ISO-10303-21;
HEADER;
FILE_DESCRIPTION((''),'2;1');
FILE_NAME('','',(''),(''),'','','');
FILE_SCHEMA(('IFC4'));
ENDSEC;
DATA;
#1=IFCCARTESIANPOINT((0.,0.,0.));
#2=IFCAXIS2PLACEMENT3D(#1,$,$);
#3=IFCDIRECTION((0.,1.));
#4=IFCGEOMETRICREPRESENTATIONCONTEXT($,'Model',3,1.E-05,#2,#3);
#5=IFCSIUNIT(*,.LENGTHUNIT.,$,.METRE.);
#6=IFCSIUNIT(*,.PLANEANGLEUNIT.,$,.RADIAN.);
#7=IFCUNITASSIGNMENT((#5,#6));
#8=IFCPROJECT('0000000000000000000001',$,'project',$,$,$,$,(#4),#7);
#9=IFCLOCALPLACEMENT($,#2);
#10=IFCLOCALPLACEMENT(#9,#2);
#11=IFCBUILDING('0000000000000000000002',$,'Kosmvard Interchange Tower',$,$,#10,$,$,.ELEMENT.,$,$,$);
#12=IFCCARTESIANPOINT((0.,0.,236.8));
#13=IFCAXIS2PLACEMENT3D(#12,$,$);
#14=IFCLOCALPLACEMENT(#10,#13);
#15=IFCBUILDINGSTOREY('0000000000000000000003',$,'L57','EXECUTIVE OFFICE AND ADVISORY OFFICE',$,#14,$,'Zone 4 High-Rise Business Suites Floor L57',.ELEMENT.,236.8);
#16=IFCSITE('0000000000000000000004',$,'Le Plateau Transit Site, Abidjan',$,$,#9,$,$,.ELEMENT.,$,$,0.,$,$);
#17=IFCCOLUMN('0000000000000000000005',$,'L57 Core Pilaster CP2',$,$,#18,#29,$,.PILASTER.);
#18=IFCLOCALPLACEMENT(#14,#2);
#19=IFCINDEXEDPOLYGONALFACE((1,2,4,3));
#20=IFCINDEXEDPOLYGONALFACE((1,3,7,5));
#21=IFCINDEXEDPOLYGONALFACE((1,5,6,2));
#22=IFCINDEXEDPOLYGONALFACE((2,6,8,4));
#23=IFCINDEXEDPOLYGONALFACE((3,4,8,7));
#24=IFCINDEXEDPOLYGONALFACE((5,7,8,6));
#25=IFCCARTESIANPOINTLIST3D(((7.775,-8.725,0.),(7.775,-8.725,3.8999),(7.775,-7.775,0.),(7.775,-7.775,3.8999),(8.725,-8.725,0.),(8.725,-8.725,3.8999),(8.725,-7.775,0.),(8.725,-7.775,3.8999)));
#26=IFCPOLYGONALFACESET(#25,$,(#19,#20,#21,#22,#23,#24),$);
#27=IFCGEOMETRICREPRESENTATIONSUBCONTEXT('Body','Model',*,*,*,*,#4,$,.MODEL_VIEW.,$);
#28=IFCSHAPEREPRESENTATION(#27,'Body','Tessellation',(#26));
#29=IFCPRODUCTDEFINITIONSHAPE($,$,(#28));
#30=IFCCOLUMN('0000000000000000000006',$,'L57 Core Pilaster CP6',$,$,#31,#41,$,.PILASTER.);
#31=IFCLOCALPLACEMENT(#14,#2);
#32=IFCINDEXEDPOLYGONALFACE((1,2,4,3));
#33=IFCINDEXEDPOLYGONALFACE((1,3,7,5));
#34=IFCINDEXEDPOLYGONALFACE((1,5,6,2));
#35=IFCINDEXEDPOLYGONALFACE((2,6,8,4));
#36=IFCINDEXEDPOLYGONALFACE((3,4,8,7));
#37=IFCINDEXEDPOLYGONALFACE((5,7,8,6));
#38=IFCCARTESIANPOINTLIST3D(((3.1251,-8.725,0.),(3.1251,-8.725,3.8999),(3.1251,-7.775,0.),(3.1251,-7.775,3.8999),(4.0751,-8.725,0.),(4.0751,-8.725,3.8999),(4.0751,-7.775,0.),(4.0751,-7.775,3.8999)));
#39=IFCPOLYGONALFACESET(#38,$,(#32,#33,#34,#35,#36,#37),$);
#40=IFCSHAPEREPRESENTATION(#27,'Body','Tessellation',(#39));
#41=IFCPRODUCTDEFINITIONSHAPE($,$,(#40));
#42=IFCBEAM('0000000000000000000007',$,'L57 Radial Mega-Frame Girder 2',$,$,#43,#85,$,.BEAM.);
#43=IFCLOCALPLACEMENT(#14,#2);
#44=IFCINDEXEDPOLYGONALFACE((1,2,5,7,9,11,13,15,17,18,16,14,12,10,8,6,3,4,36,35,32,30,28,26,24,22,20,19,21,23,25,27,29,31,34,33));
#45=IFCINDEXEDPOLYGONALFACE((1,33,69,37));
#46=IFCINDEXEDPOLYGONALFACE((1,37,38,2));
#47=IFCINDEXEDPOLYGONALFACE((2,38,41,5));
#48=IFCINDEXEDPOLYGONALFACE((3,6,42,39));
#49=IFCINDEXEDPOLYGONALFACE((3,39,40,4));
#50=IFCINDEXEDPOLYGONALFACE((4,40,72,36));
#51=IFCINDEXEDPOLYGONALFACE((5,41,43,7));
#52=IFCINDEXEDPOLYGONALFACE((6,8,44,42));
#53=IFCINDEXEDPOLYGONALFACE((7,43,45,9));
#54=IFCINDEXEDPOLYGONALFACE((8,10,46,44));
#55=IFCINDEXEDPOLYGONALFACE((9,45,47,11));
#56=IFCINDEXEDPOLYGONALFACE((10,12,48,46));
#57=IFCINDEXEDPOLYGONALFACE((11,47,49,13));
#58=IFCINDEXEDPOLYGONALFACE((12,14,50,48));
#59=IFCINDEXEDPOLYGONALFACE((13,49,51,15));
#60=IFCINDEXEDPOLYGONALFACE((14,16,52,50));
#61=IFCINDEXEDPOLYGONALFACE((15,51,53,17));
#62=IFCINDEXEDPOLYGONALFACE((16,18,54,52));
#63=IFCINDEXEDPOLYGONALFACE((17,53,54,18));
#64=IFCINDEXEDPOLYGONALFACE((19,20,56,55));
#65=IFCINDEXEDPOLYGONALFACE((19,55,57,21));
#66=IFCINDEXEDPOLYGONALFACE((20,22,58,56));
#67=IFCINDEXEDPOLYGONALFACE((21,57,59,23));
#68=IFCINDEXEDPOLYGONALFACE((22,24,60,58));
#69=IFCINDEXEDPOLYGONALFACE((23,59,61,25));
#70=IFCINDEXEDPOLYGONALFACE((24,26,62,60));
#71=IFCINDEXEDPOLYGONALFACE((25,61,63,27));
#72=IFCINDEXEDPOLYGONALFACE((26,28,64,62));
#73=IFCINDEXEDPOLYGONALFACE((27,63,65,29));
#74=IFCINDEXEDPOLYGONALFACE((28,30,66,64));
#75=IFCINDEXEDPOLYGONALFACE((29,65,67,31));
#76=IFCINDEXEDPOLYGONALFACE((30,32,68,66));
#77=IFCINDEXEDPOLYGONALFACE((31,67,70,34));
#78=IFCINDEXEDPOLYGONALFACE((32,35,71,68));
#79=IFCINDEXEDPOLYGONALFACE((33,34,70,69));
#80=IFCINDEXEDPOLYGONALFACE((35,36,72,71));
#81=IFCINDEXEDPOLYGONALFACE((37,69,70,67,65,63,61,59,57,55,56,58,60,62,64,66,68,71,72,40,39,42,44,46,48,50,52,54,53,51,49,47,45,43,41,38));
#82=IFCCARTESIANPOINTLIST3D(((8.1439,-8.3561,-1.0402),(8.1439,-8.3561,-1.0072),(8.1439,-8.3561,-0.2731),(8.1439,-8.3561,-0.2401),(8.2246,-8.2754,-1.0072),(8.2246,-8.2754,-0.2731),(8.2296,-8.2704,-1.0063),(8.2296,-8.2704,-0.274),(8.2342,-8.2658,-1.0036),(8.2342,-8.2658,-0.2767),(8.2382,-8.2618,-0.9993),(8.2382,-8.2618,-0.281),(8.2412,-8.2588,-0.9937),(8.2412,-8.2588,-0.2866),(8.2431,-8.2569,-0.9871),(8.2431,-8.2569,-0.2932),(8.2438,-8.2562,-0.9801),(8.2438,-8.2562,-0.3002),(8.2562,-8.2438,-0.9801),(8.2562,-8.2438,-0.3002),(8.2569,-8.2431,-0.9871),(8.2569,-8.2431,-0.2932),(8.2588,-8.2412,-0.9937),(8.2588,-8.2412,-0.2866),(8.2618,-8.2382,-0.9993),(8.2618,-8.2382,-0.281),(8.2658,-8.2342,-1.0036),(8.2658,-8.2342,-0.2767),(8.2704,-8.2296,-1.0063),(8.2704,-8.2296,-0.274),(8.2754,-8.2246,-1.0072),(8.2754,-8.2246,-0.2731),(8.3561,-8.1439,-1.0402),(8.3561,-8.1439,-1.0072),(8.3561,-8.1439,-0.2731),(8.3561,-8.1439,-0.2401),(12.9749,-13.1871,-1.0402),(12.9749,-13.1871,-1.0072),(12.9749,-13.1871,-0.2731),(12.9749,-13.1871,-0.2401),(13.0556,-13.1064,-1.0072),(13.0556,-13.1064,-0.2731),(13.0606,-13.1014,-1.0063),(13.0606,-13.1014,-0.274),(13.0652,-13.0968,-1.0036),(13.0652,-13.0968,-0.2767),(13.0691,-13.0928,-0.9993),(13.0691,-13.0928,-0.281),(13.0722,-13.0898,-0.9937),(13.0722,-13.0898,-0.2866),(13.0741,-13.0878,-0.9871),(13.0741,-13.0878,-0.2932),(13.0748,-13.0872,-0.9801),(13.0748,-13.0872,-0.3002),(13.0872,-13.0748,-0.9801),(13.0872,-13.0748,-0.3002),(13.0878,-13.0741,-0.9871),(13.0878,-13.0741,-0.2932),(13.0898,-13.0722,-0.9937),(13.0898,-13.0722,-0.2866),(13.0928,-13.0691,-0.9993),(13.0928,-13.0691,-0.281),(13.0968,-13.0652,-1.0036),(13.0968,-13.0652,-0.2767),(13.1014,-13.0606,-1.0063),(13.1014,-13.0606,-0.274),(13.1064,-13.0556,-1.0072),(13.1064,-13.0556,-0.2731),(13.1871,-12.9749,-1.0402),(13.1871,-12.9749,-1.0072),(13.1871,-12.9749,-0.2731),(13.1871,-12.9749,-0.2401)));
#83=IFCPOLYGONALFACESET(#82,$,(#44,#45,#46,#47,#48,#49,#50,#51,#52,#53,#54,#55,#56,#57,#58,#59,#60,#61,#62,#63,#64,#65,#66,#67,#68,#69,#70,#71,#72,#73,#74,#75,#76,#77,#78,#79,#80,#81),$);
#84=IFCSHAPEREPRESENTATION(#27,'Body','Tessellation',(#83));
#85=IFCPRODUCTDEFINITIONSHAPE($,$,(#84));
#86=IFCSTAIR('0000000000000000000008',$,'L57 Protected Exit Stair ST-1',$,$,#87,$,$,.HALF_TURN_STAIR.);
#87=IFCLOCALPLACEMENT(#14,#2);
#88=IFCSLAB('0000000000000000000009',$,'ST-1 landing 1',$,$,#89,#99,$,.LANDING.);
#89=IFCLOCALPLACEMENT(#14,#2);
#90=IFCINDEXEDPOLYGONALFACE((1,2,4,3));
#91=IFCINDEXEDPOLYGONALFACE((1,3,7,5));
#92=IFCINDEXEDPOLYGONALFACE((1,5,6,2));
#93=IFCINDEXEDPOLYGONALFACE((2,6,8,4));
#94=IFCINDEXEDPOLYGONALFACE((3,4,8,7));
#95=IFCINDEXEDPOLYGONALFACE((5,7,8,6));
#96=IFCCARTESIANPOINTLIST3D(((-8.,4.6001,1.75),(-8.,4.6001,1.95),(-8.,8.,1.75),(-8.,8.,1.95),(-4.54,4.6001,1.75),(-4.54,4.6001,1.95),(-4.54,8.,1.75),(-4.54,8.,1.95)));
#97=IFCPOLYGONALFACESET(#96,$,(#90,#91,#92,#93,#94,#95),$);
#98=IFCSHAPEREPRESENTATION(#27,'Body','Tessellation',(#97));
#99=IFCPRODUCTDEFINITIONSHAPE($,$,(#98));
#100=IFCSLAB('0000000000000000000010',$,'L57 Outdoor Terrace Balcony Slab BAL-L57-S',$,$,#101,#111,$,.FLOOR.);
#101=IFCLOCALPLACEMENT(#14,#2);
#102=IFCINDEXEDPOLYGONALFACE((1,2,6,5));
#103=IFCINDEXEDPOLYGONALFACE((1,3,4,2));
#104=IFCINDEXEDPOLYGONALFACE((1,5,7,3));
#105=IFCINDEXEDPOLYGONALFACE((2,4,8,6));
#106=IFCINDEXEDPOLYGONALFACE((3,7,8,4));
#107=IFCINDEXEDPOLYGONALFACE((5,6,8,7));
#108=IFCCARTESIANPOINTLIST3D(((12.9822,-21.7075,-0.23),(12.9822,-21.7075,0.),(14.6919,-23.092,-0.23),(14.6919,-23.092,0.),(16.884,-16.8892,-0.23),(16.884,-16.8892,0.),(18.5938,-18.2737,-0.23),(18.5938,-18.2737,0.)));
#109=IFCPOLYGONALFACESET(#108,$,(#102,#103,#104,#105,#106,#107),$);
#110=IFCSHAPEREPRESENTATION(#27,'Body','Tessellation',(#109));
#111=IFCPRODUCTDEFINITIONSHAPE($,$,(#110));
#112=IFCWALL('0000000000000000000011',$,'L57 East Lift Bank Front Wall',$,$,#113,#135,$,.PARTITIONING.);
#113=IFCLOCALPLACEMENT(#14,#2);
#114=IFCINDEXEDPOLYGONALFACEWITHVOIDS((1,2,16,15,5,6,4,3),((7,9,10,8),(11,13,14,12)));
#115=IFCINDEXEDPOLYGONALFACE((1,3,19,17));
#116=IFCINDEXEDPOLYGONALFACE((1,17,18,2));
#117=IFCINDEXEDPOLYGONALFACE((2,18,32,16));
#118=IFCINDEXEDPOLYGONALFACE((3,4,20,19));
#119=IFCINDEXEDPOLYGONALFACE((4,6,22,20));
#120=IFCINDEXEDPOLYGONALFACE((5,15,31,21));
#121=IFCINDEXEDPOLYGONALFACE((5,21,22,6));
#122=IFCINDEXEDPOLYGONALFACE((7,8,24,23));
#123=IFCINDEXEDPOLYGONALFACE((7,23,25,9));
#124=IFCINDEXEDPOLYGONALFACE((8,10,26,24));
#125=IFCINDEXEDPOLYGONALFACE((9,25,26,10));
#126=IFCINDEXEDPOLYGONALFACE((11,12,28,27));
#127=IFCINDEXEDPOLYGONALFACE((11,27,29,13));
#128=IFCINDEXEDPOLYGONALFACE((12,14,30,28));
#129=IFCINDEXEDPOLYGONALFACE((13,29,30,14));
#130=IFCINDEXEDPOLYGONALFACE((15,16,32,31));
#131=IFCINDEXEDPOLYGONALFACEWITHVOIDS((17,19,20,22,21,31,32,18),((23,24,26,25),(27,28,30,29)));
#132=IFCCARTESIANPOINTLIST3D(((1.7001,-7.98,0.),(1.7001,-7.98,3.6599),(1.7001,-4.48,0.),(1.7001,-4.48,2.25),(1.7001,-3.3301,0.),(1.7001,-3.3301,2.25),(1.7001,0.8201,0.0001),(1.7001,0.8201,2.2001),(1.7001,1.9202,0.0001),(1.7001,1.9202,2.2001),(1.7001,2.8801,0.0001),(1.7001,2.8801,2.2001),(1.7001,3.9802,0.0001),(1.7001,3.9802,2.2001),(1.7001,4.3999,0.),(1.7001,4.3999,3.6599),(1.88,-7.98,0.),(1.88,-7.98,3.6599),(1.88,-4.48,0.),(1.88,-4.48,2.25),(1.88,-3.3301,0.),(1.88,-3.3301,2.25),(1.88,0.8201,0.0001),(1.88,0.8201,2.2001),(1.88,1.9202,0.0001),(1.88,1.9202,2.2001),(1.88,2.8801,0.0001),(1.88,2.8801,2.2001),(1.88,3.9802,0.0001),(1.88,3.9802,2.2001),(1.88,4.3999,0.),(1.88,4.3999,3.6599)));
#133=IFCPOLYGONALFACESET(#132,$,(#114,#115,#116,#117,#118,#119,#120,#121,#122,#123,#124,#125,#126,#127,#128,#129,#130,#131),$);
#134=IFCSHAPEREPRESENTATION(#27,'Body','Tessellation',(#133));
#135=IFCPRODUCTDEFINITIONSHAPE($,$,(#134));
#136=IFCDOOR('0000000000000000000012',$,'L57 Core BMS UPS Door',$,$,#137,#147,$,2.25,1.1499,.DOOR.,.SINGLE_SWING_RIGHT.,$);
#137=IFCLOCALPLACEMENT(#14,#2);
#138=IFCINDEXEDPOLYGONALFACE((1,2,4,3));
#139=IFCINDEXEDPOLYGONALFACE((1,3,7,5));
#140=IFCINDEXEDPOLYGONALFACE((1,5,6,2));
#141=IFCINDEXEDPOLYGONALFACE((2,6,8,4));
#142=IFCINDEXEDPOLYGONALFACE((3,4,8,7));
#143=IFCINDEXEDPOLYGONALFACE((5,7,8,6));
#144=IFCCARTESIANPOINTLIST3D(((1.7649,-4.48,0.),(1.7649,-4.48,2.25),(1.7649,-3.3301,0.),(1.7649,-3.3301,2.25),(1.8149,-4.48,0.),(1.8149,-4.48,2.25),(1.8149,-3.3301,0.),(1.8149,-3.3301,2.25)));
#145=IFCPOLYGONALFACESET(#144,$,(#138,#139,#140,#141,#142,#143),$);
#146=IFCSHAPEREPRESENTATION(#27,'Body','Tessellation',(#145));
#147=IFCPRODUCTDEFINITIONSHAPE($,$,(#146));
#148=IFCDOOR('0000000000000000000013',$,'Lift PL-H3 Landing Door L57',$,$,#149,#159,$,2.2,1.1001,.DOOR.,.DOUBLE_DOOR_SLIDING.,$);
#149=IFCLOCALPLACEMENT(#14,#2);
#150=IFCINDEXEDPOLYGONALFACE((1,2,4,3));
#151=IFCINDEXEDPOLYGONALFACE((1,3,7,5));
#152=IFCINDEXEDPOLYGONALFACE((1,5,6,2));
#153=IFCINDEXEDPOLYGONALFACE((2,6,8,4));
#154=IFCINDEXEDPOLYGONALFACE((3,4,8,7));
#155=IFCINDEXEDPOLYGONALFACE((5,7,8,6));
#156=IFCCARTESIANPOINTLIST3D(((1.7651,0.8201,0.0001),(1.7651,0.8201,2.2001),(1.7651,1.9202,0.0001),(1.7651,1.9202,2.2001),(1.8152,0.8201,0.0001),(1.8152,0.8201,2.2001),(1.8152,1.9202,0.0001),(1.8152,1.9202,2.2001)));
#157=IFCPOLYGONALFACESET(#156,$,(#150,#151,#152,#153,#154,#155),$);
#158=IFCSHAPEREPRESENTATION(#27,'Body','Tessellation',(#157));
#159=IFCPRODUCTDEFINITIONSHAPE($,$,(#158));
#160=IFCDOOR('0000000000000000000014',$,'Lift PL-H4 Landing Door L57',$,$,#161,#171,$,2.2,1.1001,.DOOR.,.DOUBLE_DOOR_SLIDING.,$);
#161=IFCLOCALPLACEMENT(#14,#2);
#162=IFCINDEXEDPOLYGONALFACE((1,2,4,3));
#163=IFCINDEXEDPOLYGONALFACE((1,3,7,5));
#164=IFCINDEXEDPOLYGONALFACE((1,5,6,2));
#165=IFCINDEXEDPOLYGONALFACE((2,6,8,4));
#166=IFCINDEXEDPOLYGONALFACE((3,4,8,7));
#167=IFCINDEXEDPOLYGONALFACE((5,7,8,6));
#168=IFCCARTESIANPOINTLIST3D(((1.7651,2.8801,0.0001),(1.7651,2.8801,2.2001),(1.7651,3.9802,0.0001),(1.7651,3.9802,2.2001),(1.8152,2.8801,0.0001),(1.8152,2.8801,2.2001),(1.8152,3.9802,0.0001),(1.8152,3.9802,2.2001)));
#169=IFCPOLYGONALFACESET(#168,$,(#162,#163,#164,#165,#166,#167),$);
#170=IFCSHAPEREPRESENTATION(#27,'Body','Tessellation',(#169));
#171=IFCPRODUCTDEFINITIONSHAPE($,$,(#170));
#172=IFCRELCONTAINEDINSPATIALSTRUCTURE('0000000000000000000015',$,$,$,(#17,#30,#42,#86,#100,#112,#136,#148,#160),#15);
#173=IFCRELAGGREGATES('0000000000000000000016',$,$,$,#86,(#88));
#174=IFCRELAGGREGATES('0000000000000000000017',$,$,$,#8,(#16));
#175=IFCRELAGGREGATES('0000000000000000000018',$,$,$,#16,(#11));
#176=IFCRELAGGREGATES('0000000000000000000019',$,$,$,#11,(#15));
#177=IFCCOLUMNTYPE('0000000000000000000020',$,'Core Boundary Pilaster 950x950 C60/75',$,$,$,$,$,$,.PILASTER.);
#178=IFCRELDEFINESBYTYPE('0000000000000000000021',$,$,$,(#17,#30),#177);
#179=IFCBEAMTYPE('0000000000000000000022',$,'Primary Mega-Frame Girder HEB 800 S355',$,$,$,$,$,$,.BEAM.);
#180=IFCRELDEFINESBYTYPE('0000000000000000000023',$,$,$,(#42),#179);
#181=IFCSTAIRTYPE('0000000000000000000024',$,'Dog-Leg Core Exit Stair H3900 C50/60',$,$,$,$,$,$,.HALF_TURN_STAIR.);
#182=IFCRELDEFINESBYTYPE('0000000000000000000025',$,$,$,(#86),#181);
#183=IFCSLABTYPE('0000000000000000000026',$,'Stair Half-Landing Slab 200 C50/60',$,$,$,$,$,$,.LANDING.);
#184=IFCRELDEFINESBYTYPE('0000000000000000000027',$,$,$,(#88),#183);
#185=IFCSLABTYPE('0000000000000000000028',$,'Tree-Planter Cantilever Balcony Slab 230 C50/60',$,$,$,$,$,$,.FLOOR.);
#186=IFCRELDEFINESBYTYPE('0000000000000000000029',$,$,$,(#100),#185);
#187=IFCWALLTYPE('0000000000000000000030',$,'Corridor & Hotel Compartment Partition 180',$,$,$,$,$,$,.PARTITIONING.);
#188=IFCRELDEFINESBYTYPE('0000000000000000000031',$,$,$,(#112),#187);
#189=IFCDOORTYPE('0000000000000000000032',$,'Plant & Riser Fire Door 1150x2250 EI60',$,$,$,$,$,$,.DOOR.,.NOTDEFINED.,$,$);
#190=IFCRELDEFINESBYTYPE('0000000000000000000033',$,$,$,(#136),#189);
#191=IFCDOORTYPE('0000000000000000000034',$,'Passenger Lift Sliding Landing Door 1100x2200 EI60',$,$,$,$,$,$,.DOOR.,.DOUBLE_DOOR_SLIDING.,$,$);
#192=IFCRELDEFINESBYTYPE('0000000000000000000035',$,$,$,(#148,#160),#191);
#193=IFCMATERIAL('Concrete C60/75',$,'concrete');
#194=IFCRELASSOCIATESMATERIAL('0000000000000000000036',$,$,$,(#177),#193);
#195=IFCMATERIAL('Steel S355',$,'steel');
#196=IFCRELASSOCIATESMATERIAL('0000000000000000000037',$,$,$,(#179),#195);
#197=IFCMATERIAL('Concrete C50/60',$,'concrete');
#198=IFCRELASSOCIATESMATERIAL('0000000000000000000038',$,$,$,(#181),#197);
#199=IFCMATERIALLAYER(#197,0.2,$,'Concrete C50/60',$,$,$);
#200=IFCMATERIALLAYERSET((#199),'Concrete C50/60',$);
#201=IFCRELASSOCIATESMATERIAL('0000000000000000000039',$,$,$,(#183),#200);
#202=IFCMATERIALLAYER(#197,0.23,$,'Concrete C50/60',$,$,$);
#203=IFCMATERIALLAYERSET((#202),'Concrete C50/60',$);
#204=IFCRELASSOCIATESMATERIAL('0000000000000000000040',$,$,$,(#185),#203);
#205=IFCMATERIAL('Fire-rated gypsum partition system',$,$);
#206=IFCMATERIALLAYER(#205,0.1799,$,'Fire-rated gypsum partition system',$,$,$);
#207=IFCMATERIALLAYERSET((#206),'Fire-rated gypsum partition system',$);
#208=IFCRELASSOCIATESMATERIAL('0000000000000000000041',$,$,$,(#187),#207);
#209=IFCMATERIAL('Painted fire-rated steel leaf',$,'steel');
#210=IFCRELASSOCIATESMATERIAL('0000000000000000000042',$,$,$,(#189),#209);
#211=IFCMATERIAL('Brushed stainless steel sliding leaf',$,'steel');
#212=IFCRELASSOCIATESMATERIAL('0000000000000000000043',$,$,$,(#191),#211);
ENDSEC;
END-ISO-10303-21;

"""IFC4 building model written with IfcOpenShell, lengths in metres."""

from ifc_helpers import new_model, si_unit, direction, frame, frame_2d, origin, origin_2d, place, context, subcontext, project, spatial, polyline, rectangle, i_section, outline, extrude, source, transform, mapped, material, layer, layer_set, material_profile, profile_set, type_object, element, fill, aggregate, save


model = new_model("IFC4")

# Units and contexts
model_context = context("Model", 3, precision=1e-05, world=origin(), true_north=direction((0.0, 1.0)))
body_context = subcontext(model_context, "Body", "Model", "MODEL_VIEW")
ifc_project = project(units=[si_unit("LENGTHUNIT", "METRE"), si_unit("PLANEANGLEUNIT", "RADIAN")], contexts=[model_context])

# Site, building, storey
site_placement = place(None, origin())
site = spatial("IfcSite", under=ifc_project, at=site_placement, Name="Le Plateau Transit Site, Abidjan", CompositionType="ELEMENT", RefElevation=0.0)
building_placement = place(site_placement, origin())
building = spatial("IfcBuilding", under=site, at=building_placement, Name="Kosmvard Interchange Tower", CompositionType="ELEMENT")
storey_placement = place(building_placement, frame((0.0, 0.0, 236.8)))
storey = spatial("IfcBuildingStorey", under=building, at=storey_placement, Name="L57", Description="EXECUTIVE OFFICE AND ADVISORY OFFICE", LongName="Zone 4 High-Rise Business Suites Floor L57", CompositionType="ELEMENT", Elevation=236.8)

# Columns
ifc_material_1 = material(Name="Concrete C60/75", Category="concrete")
ifc_material_profile_1 = material_profile(ifc_material_1, rectangle(XDim=0.95, YDim=0.95, at=origin_2d()), Name="CP 950x950")
ifc_profile_set_1 = profile_set([ifc_material_profile_1], Name="Concrete C60/75")
column_type = type_object("IfcColumnType", Name="Core Boundary Pilaster 950x950 C60/75", PredefinedType="PILASTER", material=ifc_profile_set_1)
shared_shape_1 = source(origin(), body_context, "Body", "SweptSolid", [
    extrude(rectangle(XDim=0.95, YDim=0.95, at=origin_2d()), origin(), (0.0, 0.0, 1.0), 3.8999),
])
for number, where, z_axis, x_axis, name in (
    (1, (8.25, -8.25, 0.0), (0.0, 0.0, 1.0), (1.0, 0.0, 0.0), "L57 Core Pilaster CP2"),
    (2, (3.6001, -8.25, 0.0), (0.0, 0.0, 1.0), (1.0, 0.0, 0.0), "L57 Core Pilaster CP6"),
):
    element("IfcColumn", number, at=place(storey_placement, frame(where, z_axis=z_axis, x_axis=x_axis)), inside=storey, type_object=column_type, Name=name, PredefinedType="PILASTER", context=body_context, shape_type="MappedRepresentation", body=[
        mapped(shared_shape_1, transform((0.0, 0.0, 0.0), scale=1.0)),
    ])

# Beam
ifc_material_2 = material(Name="Steel S355", Category="steel")
ifc_material_profile_2 = material_profile(ifc_material_2, i_section(OverallWidth=0.3, OverallDepth=0.8, WebThickness=0.0176, FlangeThickness=0.033, FilletRadius=0.0271, at=origin_2d()), Name="HEB 800")
ifc_profile_set_2 = profile_set([ifc_material_profile_2], Name="Steel S355")
beam_type = type_object("IfcBeamType", Name="Primary Mega-Frame Girder HEB 800 S355", PredefinedType="BEAM", material=ifc_profile_set_2)
shared_shape_2 = source(origin(), body_context, "Body", "SweptSolid", [
    extrude(i_section(OverallWidth=0.3, OverallDepth=0.8, WebThickness=0.0176, FlangeThickness=0.033, FilletRadius=0.0271, at=origin_2d()), origin(), (0.0, 0.0, 1.0), 6.832),
])
beam_placement = place(storey_placement, frame((8.25, -8.25, -0.6401), z_axis=(0.707107, -0.707107, 0.0), x_axis=(0.707107, 0.707107, 0.0)))
element("IfcBeam", 3, at=beam_placement, inside=storey, type_object=beam_type, Name="L57 Radial Mega-Frame Girder 2", PredefinedType="BEAM", context=body_context, shape_type="MappedRepresentation", body=[
    mapped(shared_shape_2, transform((0.0, 0.0, 0.0), scale=1.0)),
])

# Stair, slab
ifc_material_3 = material(Name="Concrete C50/60", Category="concrete")
stair_type = type_object("IfcStairType", Name="Dog-Leg Core Exit Stair H3900 C50/60", PredefinedType="HALF_TURN_STAIR", material=ifc_material_3)
stair_placement = place(storey_placement, origin())
stair = element("IfcStair", 4, at=stair_placement, inside=storey, type_object=stair_type, Name="L57 Protected Exit Stair ST-1", PredefinedType="HALF_TURN_STAIR")
ifc_layer_1 = layer(ifc_material_3, 0.2, Name="Concrete C50/60")
ifc_layer_set_1 = layer_set([ifc_layer_1], Name="Concrete C50/60")
slab_type_1 = type_object("IfcSlabType", Name="Stair Half-Landing Slab 200 C50/60", PredefinedType="LANDING", material=ifc_layer_set_1)
slab_1_placement = place(storey_placement, frame((0.0, 0.0, 1.75)))
slab_1 = element("IfcSlab", 5, at=slab_1_placement, type_object=slab_type_1, Name="ST-1 landing 1", PredefinedType="LANDING", context=body_context, shape_type="SweptSolid", body=[
    extrude(outline(polyline([(-4.54, 4.6001), (-4.54, 8.0), (-8.0, 8.0), (-8.0, 4.6001), (-4.54, 4.6001)])), origin(), (0.0, 0.0, 1.0), 0.2),
])
aggregate(stair, [slab_1])

# Slab
ifc_layer_2 = layer(ifc_material_3, 0.23, Name="Concrete C50/60")
ifc_layer_set_2 = layer_set([ifc_layer_2], Name="Concrete C50/60")
slab_type_2 = type_object("IfcSlabType", Name="Tree-Planter Cantilever Balcony Slab 230 C50/60", PredefinedType="FLOOR", material=ifc_layer_set_2)
slab_2_placement = place(storey_placement, frame((0.0, 0.0, -0.23)))
element("IfcSlab", 6, at=slab_2_placement, inside=storey, type_object=slab_type_2, Name="L57 Outdoor Terrace Balcony Slab BAL-L57-S", PredefinedType="FLOOR", context=body_context, shape_type="SweptSolid", body=[
    extrude(outline(polyline([(14.6919, -23.092), (18.5938, -18.2737), (16.884, -16.8892), (12.9822, -21.7075), (14.6919, -23.092)])), origin(), (0.0, 0.0, 1.0), 0.23),
])

# Wall, openings, doors
ifc_material_4 = material(Name="Fire-rated gypsum partition system")
ifc_layer_3 = layer(ifc_material_4, 0.1799, Name="Fire-rated gypsum partition system")
ifc_layer_set_3 = layer_set([ifc_layer_3], Name="Fire-rated gypsum partition system")
wall_type_1 = type_object("IfcWallType", Name="Corridor & Hotel Compartment Partition 180", PredefinedType="PARTITIONING", material=ifc_layer_set_3)
wall_1_placement = place(storey_placement, frame((1.79, -7.98, 0.0), z_axis=(0.0, 0.0, 1.0), x_axis=(0.0, 1.0, 0.0)))
wall_1 = element("IfcWall", 7, at=wall_1_placement, inside=storey, type_object=wall_type_1, Name="L57 East Lift Bank Front Wall", PredefinedType="PARTITIONING", context=body_context, shape_type="SweptSolid", body=[
    extrude(rectangle(XDim=12.3799, YDim=0.1799, at=frame_2d((6.1899, 0.0))), origin(), (0.0, 0.0, 1.0), 3.6599),
])
opening_1_placement = place(wall_1_placement, frame((8.8, 0.0, 0.0)))
opening_1 = element("IfcOpeningElement", 8, at=opening_1_placement, cuts=wall_1, PredefinedType="OPENING", context=body_context, shape_type="SweptSolid", body=[
    extrude(rectangle(XDim=1.1001, YDim=2.2, at=frame_2d((0.55, 1.1001))), frame((0.0, 0.1001, 0.0), z_axis=(0.0, -1.0, 0.0), x_axis=(1.0, 0.0, 0.0)), (0.0, 0.0, 1.0), 0.2),
])
opening_2_placement = place(wall_1_placement, frame((10.8601, 0.0, 0.0)))
opening_2 = element("IfcOpeningElement", 9, at=opening_2_placement, cuts=wall_1, PredefinedType="OPENING", context=body_context, shape_type="SweptSolid", body=[
    extrude(rectangle(XDim=1.1001, YDim=2.2, at=frame_2d((0.55, 1.1001))), frame((0.0, 0.1001, 0.0), z_axis=(0.0, -1.0, 0.0), x_axis=(1.0, 0.0, 0.0)), (0.0, 0.0, 1.0), 0.2),
])
opening_3_placement = place(wall_1_placement, frame((3.5, 0.0, 0.0)))
opening_3 = element("IfcOpeningElement", 10, at=opening_3_placement, cuts=wall_1, PredefinedType="OPENING", context=body_context, shape_type="SweptSolid", body=[
    extrude(rectangle(XDim=1.1499, YDim=2.25, at=frame_2d((0.575, 1.125))), frame((0.0, 0.1001, 0.0), z_axis=(0.0, -1.0, 0.0), x_axis=(1.0, 0.0, 0.0)), (0.0, 0.0, 1.0), 0.2),
])
ifc_material_5 = material(Name="Painted fire-rated steel leaf", Category="steel")
door_type_1 = type_object("IfcDoorType", Name="Plant & Riser Fire Door 1150x2250 EI60", OperationType="NOTDEFINED", PredefinedType="DOOR", material=ifc_material_5)
shared_shape_3 = source(origin(), body_context, "Body", "SweptSolid", [
    extrude(rectangle(XDim=1.1499, YDim=2.25, at=frame_2d((0.575, 1.125))), frame((0.0, 0.0249, 0.0), z_axis=(0.0, -1.0, 0.0), x_axis=(1.0, 0.0, 0.0)), (0.0, 0.0, 1.0), 0.05),
])
door_1_placement = place(opening_3_placement, frame((1.1499, 0.0, 0.0), z_axis=(0.0, 0.0, 1.0), x_axis=(-1.0, 0.0, 0.0)))
door_1 = element("IfcDoor", 11, at=door_1_placement, inside=storey, type_object=door_type_1, Name="L57 Core BMS UPS Door", OperationType="SINGLE_SWING_RIGHT", OverallHeight=2.25, OverallWidth=1.1499, PredefinedType="DOOR", context=body_context, shape_type="MappedRepresentation", body=[
    mapped(shared_shape_3, transform((0.0, 0.0, 0.0), scale=1.0)),
])
fill(opening_3, door_1)
ifc_material_6 = material(Name="Brushed stainless steel sliding leaf", Category="steel")
door_type_2 = type_object("IfcDoorType", Name="Passenger Lift Sliding Landing Door 1100x2200 EI60", OperationType="DOUBLE_DOOR_SLIDING", PredefinedType="DOOR", material=ifc_material_6)
shared_shape_4 = source(origin(), body_context, "Body", "SweptSolid", [
    extrude(rectangle(XDim=1.1001, YDim=2.2, at=frame_2d((0.55, 1.1001))), frame((0.0, 0.0249, 0.0), z_axis=(0.0, -1.0, 0.0), x_axis=(1.0, 0.0, 0.0)), (0.0, 0.0, 1.0), 0.05),
])
door_2_placement = place(opening_1_placement, origin())
door_2 = element("IfcDoor", 12, at=door_2_placement, inside=storey, type_object=door_type_2, Name="Lift PL-H3 Landing Door L57", OperationType="DOUBLE_DOOR_SLIDING", OverallHeight=2.2, OverallWidth=1.1001, PredefinedType="DOOR", context=body_context, shape_type="MappedRepresentation", body=[
    mapped(shared_shape_4, transform((0.0, 0.0, 0.0), scale=1.0)),
])
fill(opening_1, door_2)
door_3_placement = place(opening_2_placement, origin())
door_3 = element("IfcDoor", 13, at=door_3_placement, inside=storey, type_object=door_type_2, Name="Lift PL-H4 Landing Door L57", OperationType="DOUBLE_DOOR_SLIDING", OverallHeight=2.2, OverallWidth=1.1001, PredefinedType="DOOR", context=body_context, shape_type="MappedRepresentation", body=[
    mapped(shared_shape_4, transform((0.0, 0.0, 0.0), scale=1.0)),
])
fill(opening_2, door_3)

save(model, "model.ifc")
